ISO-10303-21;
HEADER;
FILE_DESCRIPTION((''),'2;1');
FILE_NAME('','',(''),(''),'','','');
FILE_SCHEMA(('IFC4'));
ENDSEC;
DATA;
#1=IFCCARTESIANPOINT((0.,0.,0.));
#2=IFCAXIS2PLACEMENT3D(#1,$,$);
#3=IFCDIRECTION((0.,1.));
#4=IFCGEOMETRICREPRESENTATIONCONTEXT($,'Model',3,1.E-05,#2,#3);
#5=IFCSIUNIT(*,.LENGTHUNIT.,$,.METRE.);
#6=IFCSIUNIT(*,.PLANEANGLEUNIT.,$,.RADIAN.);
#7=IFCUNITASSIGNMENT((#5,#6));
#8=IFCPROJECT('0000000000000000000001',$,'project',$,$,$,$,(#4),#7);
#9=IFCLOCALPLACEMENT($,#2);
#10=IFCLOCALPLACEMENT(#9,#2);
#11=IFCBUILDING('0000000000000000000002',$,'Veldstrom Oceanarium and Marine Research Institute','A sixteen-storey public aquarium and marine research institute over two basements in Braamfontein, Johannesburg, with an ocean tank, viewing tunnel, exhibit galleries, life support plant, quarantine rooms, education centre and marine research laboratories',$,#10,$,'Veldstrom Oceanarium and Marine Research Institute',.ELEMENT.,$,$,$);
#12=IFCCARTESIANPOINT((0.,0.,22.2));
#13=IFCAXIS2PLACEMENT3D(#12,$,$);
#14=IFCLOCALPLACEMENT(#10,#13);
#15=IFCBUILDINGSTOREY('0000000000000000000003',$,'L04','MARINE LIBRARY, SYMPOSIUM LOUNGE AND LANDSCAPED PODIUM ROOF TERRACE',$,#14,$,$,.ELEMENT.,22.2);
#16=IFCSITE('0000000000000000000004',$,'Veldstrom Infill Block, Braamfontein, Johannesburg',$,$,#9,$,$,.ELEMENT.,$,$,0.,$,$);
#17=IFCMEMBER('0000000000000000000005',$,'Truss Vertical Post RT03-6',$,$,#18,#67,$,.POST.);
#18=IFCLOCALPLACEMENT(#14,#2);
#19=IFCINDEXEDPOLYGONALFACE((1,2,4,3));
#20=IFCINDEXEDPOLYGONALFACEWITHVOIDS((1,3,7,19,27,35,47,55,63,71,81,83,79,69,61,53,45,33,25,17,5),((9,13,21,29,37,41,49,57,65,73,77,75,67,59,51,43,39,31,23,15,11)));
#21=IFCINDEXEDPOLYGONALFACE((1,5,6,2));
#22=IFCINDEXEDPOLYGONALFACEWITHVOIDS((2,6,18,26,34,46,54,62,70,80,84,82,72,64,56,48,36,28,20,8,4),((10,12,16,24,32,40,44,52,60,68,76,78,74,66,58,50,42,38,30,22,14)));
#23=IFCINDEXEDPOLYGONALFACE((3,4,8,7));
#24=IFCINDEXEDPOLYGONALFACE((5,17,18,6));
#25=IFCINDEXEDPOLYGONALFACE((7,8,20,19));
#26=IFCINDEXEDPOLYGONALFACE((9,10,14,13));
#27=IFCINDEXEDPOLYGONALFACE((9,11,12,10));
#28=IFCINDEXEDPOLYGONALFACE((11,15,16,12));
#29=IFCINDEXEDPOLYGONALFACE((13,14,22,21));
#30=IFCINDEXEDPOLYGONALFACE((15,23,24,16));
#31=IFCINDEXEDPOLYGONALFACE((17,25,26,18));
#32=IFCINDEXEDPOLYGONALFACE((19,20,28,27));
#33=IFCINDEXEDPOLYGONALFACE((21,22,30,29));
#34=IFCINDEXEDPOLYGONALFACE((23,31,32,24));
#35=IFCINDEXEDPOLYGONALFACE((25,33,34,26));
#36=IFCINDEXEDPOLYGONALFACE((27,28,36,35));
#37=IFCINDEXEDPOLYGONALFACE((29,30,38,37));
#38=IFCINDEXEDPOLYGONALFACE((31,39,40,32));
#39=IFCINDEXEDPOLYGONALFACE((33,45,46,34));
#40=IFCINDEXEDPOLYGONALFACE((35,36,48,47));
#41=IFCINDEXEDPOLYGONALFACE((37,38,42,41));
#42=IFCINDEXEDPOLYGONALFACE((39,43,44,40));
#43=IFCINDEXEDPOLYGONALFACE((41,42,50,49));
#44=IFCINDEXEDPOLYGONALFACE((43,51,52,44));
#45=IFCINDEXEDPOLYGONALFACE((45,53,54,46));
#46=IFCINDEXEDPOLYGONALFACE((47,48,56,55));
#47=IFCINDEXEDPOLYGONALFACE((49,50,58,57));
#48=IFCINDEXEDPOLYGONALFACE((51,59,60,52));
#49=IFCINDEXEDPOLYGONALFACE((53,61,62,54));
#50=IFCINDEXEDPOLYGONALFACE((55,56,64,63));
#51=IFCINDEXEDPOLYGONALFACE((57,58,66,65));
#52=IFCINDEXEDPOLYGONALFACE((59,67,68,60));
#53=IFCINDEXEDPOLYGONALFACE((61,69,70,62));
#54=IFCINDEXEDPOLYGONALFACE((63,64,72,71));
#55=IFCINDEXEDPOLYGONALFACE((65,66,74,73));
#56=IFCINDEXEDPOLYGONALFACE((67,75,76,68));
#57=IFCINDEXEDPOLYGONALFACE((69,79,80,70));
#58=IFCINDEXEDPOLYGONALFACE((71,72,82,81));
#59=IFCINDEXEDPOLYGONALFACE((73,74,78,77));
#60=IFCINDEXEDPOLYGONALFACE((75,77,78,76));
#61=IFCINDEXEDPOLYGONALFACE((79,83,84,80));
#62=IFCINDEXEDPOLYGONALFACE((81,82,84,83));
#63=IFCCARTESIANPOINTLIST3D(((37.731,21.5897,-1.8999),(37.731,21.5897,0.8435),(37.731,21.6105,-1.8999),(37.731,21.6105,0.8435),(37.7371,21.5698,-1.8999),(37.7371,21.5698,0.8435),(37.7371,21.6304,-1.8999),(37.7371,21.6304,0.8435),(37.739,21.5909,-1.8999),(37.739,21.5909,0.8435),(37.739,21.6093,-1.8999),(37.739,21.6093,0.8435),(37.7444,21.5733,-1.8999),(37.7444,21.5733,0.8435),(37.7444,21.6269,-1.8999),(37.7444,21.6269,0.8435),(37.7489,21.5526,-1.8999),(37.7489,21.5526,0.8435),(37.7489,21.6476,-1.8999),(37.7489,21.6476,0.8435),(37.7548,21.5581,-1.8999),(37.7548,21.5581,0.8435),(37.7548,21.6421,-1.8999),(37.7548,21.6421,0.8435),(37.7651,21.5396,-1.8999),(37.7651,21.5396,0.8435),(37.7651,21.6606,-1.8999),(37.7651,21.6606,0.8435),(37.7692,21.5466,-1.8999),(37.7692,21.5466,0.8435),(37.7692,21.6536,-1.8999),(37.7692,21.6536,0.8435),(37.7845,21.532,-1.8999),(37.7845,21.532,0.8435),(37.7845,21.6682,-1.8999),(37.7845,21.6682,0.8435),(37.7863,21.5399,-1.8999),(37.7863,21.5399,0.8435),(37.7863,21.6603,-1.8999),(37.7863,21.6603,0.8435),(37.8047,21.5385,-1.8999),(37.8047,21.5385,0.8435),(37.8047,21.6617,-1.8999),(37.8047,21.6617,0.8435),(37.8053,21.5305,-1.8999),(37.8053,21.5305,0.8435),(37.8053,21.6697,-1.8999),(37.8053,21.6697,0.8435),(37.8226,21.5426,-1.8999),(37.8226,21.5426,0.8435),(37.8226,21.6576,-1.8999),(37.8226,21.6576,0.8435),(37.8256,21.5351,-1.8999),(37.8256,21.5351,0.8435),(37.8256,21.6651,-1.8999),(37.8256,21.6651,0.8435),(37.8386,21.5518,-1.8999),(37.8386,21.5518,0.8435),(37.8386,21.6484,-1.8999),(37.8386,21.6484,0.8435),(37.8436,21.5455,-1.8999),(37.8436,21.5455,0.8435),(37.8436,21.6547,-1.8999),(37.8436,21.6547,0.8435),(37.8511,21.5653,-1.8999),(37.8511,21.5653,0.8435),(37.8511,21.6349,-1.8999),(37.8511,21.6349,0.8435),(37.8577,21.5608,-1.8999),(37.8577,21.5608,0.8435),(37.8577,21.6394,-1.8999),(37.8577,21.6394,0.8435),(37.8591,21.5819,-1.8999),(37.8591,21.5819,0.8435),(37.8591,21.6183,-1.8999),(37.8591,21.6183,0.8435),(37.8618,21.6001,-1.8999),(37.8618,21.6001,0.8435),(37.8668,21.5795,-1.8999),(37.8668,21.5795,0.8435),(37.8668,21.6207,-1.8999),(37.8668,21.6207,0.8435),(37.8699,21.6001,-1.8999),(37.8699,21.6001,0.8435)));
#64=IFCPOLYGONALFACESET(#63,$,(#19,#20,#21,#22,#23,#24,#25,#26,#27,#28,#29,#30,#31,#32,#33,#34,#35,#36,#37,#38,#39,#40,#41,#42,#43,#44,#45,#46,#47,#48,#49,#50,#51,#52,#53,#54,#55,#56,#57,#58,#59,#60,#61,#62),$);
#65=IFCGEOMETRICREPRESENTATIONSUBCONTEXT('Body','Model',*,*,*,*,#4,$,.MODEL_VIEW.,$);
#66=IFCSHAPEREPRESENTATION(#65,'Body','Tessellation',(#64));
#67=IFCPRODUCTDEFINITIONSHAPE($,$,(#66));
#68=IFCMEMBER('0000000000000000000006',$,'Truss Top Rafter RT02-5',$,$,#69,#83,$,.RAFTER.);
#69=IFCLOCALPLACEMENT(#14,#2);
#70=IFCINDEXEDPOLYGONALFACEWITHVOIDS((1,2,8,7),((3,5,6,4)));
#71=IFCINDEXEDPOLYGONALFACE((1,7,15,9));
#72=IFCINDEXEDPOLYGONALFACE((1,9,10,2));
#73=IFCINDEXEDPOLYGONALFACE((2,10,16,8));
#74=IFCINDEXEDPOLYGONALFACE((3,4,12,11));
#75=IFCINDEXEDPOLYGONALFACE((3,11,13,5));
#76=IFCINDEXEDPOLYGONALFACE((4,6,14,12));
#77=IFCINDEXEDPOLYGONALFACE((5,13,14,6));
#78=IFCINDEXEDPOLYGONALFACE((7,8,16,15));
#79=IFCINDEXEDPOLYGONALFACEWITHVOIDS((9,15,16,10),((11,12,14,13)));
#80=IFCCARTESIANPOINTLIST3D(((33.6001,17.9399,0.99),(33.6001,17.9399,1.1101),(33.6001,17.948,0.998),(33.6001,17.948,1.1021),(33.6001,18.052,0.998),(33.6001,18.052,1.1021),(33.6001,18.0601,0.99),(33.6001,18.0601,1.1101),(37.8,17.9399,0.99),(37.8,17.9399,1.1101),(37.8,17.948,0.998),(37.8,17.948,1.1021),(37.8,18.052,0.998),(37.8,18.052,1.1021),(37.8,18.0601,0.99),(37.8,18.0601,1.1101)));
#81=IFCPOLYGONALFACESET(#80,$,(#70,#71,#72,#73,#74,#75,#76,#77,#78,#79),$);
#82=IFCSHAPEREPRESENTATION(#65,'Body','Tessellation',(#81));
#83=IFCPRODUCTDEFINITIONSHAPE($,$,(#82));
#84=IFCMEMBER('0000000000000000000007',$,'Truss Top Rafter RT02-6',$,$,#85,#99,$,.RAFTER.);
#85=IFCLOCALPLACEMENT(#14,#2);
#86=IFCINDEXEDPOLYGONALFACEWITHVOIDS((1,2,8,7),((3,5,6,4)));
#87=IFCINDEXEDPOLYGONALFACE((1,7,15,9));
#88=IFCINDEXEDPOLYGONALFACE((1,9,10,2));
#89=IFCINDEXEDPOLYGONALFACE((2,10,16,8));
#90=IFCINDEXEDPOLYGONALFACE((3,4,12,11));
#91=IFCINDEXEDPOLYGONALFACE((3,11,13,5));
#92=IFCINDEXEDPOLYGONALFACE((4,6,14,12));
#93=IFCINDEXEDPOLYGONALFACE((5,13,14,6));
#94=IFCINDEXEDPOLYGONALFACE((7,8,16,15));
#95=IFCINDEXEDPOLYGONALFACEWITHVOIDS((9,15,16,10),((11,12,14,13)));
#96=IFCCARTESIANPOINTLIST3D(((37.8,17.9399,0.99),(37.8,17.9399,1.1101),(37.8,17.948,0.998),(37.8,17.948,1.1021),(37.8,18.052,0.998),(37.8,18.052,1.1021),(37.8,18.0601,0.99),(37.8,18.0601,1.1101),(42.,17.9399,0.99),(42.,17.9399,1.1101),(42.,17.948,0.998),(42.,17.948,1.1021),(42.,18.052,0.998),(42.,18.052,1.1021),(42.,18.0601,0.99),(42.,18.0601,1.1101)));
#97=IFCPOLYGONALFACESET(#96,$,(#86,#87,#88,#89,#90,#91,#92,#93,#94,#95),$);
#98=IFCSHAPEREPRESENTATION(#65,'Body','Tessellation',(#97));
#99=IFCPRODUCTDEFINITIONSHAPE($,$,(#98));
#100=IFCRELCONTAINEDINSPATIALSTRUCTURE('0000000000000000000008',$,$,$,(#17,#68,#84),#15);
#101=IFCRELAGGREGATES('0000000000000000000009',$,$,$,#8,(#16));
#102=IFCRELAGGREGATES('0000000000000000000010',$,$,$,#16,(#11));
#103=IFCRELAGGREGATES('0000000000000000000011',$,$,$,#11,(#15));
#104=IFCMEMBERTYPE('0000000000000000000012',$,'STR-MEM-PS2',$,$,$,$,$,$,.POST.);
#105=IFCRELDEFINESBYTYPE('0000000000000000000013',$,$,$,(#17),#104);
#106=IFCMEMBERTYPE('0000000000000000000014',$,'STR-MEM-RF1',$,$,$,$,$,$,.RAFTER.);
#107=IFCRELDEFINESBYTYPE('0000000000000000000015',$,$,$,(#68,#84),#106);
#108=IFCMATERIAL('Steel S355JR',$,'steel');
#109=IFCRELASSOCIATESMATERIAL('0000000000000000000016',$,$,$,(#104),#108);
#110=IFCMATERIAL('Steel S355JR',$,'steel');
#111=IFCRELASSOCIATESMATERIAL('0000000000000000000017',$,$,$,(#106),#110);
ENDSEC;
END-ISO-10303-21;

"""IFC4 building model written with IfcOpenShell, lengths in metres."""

from ifc_helpers import new_model, si_unit, direction, frame, origin, origin_2d, place, context, subcontext, project, spatial, hollow_rectangle, hollow_circle, extrude, material, material_profile, profile_set, type_object, element, save


model = new_model("IFC4")

# Units and contexts
model_context = context("Model", 3, precision=1e-05, world=origin(), true_north=direction((0.0, 1.0)))
body_context = subcontext(model_context, "Body", "Model", "MODEL_VIEW")
ifc_project = project(units=[si_unit("LENGTHUNIT", "METRE"), si_unit("PLANEANGLEUNIT", "RADIAN")], contexts=[model_context])

# Site, building, storey
site_placement = place(None, origin())
site = spatial("IfcSite", under=ifc_project, at=site_placement, Name="Veldstrom Infill Block, Braamfontein, Johannesburg", CompositionType="ELEMENT", RefElevation=0.0)
building_placement = place(site_placement, origin())
building = spatial("IfcBuilding", under=site, at=building_placement, Name="Veldstrom Oceanarium and Marine Research Institute", Description="A sixteen-storey public aquarium and marine research institute over two basements in Braamfontein, Johannesburg, with an ocean tank, viewing tunnel, exhibit galleries, life support plant, quarantine rooms, education centre and marine research laboratories", LongName="Veldstrom Oceanarium and Marine Research Institute", CompositionType="ELEMENT")
storey_placement = place(building_placement, frame((0.0, 0.0, 22.2)))
storey = spatial("IfcBuildingStorey", under=building, at=storey_placement, Name="L04", Description="MARINE LIBRARY, SYMPOSIUM LOUNGE AND LANDSCAPED PODIUM ROOF TERRACE", CompositionType="ELEMENT", Elevation=22.2)

# Members
ifc_material_1 = material(Name="Steel S355JR", Category="steel")
ifc_material_profile_1 = material_profile(ifc_material_1, hollow_circle(Radius=0.0698, WallThickness=0.0081, at=origin_2d()), Name="CHS 139.7x8")
ifc_profile_set_1 = profile_set([ifc_material_profile_1], Name="Steel S355JR")
member_type_1 = type_object("IfcMemberType", Name="STR-MEM-PS2", PredefinedType="POST", material=ifc_profile_set_1)
for number, where, z_axis, x_axis, name in (
    (1, (37.8, 21.6001, -1.8999), (0.0, 0.0, 1.0), (1.0, 0.0, 0.0), "Truss Vertical Post RT03-6"),
):
    element("IfcMember", number, at=place(storey_placement, frame(where, z_axis=z_axis, x_axis=x_axis)), inside=storey, type_object=member_type_1, Name=name, PredefinedType="POST", context=body_context, shape_type="SweptSolid", body=[
        extrude(hollow_circle(Radius=0.0698, WallThickness=0.0081, at=origin_2d()), origin(), (0.0, 0.0, 1.0), 2.7434),
    ])
ifc_material_2 = material(Name="Steel S355JR", Category="steel")
ifc_material_profile_2 = material_profile(ifc_material_2, hollow_rectangle(XDim=0.1201, YDim=0.1201, WallThickness=0.0081, at=origin_2d()), Name="SHS 120x120x8")
ifc_profile_set_2 = profile_set([ifc_material_profile_2], Name="Steel S355JR")
member_type_2 = type_object("IfcMemberType", Name="STR-MEM-RF1", PredefinedType="RAFTER", material=ifc_profile_set_2)
for number, where, z_axis, x_axis, name in (
    (2, (33.6001, 18.0, 1.05), (1.0, 0.0, 0.0), (0.0, 1.0, 0.0), "Truss Top Rafter RT02-5"),
    (3, (37.8, 18.0, 1.05), (1.0, 0.0, 0.0), (0.0, 1.0, 0.0), "Truss Top Rafter RT02-6"),
):
    element("IfcMember", number, at=place(storey_placement, frame(where, z_axis=z_axis, x_axis=x_axis)), inside=storey, type_object=member_type_2, Name=name, PredefinedType="RAFTER", context=body_context, shape_type="SweptSolid", body=[
        extrude(hollow_rectangle(XDim=0.1201, YDim=0.1201, WallThickness=0.0081, at=origin_2d()), origin(), (0.0, 0.0, 1.0), 4.2),
    ])

save(model, "model.ifc")
